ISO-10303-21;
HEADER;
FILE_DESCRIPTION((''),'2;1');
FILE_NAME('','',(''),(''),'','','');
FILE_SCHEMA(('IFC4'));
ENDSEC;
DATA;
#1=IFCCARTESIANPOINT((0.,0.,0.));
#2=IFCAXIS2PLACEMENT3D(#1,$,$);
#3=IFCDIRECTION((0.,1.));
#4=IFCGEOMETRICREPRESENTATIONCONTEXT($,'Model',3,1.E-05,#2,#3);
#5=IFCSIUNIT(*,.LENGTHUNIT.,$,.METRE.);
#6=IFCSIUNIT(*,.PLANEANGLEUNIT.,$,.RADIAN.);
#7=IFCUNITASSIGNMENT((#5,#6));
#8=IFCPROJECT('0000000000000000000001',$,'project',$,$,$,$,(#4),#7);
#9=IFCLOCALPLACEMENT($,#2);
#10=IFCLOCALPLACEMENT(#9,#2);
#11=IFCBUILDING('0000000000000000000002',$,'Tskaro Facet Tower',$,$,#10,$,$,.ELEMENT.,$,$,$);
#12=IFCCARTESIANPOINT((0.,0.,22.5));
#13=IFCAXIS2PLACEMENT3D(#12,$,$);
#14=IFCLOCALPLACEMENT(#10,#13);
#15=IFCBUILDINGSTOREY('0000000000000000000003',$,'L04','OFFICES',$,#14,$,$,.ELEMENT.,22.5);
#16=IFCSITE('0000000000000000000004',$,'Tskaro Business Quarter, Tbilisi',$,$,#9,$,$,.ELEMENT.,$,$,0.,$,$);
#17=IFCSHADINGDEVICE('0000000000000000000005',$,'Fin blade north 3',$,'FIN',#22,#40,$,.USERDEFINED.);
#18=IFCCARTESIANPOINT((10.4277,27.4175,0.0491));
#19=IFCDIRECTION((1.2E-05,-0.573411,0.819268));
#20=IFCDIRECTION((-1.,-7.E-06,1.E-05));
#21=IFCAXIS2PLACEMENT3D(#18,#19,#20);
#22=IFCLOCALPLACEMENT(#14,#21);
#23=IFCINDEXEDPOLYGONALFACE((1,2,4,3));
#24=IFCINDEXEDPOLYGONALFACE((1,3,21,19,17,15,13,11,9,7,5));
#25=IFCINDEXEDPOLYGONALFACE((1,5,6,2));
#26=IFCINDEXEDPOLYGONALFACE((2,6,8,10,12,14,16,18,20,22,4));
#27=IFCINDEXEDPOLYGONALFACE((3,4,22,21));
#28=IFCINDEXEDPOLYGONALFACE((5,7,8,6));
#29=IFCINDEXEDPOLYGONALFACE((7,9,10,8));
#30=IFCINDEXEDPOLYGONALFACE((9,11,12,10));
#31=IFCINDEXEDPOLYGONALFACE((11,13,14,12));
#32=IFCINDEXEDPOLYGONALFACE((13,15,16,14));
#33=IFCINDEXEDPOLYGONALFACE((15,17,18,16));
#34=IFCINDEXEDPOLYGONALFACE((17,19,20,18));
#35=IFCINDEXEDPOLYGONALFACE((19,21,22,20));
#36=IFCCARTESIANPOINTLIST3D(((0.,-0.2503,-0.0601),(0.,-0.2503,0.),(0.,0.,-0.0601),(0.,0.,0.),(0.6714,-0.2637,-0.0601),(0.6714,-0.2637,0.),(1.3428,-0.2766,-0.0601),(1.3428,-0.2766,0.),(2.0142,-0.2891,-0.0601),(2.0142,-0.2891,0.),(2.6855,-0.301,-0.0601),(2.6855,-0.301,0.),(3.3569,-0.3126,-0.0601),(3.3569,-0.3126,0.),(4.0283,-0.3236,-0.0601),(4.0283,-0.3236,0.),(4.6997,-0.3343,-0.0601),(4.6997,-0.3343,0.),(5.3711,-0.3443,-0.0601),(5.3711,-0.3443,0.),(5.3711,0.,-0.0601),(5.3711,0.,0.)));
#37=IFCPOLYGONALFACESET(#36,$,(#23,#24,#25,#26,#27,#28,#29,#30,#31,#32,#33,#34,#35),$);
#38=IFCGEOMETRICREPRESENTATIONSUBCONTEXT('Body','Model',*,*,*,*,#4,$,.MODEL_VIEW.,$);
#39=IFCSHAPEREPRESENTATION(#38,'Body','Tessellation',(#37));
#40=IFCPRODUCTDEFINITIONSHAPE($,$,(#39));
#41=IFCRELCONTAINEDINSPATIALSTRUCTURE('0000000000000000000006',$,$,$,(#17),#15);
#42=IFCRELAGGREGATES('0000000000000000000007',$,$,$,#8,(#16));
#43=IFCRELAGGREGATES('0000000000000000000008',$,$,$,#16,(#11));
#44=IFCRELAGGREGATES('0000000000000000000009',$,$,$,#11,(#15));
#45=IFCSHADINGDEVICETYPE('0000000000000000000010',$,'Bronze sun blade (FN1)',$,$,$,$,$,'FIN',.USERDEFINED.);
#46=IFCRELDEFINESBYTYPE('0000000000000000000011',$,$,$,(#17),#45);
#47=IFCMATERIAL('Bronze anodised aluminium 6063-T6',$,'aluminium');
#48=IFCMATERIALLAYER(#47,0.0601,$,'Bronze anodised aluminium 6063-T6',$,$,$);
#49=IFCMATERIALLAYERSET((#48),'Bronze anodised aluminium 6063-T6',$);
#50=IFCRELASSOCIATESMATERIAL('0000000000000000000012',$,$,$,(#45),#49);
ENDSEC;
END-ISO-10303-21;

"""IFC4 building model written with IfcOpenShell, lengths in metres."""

from ifc_helpers import new_model, si_unit, direction, frame, origin, place, context, subcontext, project, spatial, polyline, outline, extrude, material, layer, layer_set, type_object, element, save


model = new_model("IFC4")

# Units and contexts
model_context = context("Model", 3, precision=1e-05, world=origin(), true_north=direction((0.0, 1.0)))
body_context = subcontext(model_context, "Body", "Model", "MODEL_VIEW")
ifc_project = project(units=[si_unit("LENGTHUNIT", "METRE"), si_unit("PLANEANGLEUNIT", "RADIAN")], contexts=[model_context])

# Site, building, storey
site_placement = place(None, origin())
site = spatial("IfcSite", under=ifc_project, at=site_placement, Name="Tskaro Business Quarter, Tbilisi", CompositionType="ELEMENT", RefElevation=0.0)
building_placement = place(site_placement, origin())
building = spatial("IfcBuilding", under=site, at=building_placement, Name="Tskaro Facet Tower", CompositionType="ELEMENT")
storey_placement = place(building_placement, frame((0.0, 0.0, 22.5)))
storey = spatial("IfcBuildingStorey", under=building, at=storey_placement, Name="L04", Description="OFFICES", CompositionType="ELEMENT", Elevation=22.5)

# Shared definitions
ifc_material_1 = material(Name="Bronze anodised aluminium 6063-T6", Category="aluminium")

# Shading device
ifc_layer_1 = layer(ifc_material_1, 0.0601, Name="Bronze anodised aluminium 6063-T6")
ifc_layer_set_1 = layer_set([ifc_layer_1], Name="Bronze anodised aluminium 6063-T6")
shading_device_type = type_object("IfcShadingDeviceType", Name="Bronze sun blade (FN1)", ElementType="FIN", PredefinedType="USERDEFINED", material=ifc_layer_set_1)
shading_device_1_placement = place(storey_placement, frame((10.4277, 27.4175, 0.0491), z_axis=(0.000012, -0.573411, 0.819268), x_axis=(-1.0, -0.000007, 0.00001)))
element("IfcShadingDevice", 1, at=shading_device_1_placement, inside=storey, type_object=shading_device_type, Name="Fin blade north 3", ObjectType="FIN", PredefinedType="USERDEFINED", context=body_context, shape_type="SweptSolid", body=[
    extrude(outline(polyline([(0.0, 0.0), (5.3711, 0.0), (5.3711, -0.3443), (4.6997, -0.3343), (4.0283, -0.3236), (3.3569, -0.3126), (2.6855, -0.301), (2.0142, -0.2891), (1.3428, -0.2766), (0.6714, -0.2637), (0.0, -0.2503), (0.0, 0.0)])), origin(), (0.0, 0.0, -1.0), 0.0601),
])

save(model, "model.ifc")
